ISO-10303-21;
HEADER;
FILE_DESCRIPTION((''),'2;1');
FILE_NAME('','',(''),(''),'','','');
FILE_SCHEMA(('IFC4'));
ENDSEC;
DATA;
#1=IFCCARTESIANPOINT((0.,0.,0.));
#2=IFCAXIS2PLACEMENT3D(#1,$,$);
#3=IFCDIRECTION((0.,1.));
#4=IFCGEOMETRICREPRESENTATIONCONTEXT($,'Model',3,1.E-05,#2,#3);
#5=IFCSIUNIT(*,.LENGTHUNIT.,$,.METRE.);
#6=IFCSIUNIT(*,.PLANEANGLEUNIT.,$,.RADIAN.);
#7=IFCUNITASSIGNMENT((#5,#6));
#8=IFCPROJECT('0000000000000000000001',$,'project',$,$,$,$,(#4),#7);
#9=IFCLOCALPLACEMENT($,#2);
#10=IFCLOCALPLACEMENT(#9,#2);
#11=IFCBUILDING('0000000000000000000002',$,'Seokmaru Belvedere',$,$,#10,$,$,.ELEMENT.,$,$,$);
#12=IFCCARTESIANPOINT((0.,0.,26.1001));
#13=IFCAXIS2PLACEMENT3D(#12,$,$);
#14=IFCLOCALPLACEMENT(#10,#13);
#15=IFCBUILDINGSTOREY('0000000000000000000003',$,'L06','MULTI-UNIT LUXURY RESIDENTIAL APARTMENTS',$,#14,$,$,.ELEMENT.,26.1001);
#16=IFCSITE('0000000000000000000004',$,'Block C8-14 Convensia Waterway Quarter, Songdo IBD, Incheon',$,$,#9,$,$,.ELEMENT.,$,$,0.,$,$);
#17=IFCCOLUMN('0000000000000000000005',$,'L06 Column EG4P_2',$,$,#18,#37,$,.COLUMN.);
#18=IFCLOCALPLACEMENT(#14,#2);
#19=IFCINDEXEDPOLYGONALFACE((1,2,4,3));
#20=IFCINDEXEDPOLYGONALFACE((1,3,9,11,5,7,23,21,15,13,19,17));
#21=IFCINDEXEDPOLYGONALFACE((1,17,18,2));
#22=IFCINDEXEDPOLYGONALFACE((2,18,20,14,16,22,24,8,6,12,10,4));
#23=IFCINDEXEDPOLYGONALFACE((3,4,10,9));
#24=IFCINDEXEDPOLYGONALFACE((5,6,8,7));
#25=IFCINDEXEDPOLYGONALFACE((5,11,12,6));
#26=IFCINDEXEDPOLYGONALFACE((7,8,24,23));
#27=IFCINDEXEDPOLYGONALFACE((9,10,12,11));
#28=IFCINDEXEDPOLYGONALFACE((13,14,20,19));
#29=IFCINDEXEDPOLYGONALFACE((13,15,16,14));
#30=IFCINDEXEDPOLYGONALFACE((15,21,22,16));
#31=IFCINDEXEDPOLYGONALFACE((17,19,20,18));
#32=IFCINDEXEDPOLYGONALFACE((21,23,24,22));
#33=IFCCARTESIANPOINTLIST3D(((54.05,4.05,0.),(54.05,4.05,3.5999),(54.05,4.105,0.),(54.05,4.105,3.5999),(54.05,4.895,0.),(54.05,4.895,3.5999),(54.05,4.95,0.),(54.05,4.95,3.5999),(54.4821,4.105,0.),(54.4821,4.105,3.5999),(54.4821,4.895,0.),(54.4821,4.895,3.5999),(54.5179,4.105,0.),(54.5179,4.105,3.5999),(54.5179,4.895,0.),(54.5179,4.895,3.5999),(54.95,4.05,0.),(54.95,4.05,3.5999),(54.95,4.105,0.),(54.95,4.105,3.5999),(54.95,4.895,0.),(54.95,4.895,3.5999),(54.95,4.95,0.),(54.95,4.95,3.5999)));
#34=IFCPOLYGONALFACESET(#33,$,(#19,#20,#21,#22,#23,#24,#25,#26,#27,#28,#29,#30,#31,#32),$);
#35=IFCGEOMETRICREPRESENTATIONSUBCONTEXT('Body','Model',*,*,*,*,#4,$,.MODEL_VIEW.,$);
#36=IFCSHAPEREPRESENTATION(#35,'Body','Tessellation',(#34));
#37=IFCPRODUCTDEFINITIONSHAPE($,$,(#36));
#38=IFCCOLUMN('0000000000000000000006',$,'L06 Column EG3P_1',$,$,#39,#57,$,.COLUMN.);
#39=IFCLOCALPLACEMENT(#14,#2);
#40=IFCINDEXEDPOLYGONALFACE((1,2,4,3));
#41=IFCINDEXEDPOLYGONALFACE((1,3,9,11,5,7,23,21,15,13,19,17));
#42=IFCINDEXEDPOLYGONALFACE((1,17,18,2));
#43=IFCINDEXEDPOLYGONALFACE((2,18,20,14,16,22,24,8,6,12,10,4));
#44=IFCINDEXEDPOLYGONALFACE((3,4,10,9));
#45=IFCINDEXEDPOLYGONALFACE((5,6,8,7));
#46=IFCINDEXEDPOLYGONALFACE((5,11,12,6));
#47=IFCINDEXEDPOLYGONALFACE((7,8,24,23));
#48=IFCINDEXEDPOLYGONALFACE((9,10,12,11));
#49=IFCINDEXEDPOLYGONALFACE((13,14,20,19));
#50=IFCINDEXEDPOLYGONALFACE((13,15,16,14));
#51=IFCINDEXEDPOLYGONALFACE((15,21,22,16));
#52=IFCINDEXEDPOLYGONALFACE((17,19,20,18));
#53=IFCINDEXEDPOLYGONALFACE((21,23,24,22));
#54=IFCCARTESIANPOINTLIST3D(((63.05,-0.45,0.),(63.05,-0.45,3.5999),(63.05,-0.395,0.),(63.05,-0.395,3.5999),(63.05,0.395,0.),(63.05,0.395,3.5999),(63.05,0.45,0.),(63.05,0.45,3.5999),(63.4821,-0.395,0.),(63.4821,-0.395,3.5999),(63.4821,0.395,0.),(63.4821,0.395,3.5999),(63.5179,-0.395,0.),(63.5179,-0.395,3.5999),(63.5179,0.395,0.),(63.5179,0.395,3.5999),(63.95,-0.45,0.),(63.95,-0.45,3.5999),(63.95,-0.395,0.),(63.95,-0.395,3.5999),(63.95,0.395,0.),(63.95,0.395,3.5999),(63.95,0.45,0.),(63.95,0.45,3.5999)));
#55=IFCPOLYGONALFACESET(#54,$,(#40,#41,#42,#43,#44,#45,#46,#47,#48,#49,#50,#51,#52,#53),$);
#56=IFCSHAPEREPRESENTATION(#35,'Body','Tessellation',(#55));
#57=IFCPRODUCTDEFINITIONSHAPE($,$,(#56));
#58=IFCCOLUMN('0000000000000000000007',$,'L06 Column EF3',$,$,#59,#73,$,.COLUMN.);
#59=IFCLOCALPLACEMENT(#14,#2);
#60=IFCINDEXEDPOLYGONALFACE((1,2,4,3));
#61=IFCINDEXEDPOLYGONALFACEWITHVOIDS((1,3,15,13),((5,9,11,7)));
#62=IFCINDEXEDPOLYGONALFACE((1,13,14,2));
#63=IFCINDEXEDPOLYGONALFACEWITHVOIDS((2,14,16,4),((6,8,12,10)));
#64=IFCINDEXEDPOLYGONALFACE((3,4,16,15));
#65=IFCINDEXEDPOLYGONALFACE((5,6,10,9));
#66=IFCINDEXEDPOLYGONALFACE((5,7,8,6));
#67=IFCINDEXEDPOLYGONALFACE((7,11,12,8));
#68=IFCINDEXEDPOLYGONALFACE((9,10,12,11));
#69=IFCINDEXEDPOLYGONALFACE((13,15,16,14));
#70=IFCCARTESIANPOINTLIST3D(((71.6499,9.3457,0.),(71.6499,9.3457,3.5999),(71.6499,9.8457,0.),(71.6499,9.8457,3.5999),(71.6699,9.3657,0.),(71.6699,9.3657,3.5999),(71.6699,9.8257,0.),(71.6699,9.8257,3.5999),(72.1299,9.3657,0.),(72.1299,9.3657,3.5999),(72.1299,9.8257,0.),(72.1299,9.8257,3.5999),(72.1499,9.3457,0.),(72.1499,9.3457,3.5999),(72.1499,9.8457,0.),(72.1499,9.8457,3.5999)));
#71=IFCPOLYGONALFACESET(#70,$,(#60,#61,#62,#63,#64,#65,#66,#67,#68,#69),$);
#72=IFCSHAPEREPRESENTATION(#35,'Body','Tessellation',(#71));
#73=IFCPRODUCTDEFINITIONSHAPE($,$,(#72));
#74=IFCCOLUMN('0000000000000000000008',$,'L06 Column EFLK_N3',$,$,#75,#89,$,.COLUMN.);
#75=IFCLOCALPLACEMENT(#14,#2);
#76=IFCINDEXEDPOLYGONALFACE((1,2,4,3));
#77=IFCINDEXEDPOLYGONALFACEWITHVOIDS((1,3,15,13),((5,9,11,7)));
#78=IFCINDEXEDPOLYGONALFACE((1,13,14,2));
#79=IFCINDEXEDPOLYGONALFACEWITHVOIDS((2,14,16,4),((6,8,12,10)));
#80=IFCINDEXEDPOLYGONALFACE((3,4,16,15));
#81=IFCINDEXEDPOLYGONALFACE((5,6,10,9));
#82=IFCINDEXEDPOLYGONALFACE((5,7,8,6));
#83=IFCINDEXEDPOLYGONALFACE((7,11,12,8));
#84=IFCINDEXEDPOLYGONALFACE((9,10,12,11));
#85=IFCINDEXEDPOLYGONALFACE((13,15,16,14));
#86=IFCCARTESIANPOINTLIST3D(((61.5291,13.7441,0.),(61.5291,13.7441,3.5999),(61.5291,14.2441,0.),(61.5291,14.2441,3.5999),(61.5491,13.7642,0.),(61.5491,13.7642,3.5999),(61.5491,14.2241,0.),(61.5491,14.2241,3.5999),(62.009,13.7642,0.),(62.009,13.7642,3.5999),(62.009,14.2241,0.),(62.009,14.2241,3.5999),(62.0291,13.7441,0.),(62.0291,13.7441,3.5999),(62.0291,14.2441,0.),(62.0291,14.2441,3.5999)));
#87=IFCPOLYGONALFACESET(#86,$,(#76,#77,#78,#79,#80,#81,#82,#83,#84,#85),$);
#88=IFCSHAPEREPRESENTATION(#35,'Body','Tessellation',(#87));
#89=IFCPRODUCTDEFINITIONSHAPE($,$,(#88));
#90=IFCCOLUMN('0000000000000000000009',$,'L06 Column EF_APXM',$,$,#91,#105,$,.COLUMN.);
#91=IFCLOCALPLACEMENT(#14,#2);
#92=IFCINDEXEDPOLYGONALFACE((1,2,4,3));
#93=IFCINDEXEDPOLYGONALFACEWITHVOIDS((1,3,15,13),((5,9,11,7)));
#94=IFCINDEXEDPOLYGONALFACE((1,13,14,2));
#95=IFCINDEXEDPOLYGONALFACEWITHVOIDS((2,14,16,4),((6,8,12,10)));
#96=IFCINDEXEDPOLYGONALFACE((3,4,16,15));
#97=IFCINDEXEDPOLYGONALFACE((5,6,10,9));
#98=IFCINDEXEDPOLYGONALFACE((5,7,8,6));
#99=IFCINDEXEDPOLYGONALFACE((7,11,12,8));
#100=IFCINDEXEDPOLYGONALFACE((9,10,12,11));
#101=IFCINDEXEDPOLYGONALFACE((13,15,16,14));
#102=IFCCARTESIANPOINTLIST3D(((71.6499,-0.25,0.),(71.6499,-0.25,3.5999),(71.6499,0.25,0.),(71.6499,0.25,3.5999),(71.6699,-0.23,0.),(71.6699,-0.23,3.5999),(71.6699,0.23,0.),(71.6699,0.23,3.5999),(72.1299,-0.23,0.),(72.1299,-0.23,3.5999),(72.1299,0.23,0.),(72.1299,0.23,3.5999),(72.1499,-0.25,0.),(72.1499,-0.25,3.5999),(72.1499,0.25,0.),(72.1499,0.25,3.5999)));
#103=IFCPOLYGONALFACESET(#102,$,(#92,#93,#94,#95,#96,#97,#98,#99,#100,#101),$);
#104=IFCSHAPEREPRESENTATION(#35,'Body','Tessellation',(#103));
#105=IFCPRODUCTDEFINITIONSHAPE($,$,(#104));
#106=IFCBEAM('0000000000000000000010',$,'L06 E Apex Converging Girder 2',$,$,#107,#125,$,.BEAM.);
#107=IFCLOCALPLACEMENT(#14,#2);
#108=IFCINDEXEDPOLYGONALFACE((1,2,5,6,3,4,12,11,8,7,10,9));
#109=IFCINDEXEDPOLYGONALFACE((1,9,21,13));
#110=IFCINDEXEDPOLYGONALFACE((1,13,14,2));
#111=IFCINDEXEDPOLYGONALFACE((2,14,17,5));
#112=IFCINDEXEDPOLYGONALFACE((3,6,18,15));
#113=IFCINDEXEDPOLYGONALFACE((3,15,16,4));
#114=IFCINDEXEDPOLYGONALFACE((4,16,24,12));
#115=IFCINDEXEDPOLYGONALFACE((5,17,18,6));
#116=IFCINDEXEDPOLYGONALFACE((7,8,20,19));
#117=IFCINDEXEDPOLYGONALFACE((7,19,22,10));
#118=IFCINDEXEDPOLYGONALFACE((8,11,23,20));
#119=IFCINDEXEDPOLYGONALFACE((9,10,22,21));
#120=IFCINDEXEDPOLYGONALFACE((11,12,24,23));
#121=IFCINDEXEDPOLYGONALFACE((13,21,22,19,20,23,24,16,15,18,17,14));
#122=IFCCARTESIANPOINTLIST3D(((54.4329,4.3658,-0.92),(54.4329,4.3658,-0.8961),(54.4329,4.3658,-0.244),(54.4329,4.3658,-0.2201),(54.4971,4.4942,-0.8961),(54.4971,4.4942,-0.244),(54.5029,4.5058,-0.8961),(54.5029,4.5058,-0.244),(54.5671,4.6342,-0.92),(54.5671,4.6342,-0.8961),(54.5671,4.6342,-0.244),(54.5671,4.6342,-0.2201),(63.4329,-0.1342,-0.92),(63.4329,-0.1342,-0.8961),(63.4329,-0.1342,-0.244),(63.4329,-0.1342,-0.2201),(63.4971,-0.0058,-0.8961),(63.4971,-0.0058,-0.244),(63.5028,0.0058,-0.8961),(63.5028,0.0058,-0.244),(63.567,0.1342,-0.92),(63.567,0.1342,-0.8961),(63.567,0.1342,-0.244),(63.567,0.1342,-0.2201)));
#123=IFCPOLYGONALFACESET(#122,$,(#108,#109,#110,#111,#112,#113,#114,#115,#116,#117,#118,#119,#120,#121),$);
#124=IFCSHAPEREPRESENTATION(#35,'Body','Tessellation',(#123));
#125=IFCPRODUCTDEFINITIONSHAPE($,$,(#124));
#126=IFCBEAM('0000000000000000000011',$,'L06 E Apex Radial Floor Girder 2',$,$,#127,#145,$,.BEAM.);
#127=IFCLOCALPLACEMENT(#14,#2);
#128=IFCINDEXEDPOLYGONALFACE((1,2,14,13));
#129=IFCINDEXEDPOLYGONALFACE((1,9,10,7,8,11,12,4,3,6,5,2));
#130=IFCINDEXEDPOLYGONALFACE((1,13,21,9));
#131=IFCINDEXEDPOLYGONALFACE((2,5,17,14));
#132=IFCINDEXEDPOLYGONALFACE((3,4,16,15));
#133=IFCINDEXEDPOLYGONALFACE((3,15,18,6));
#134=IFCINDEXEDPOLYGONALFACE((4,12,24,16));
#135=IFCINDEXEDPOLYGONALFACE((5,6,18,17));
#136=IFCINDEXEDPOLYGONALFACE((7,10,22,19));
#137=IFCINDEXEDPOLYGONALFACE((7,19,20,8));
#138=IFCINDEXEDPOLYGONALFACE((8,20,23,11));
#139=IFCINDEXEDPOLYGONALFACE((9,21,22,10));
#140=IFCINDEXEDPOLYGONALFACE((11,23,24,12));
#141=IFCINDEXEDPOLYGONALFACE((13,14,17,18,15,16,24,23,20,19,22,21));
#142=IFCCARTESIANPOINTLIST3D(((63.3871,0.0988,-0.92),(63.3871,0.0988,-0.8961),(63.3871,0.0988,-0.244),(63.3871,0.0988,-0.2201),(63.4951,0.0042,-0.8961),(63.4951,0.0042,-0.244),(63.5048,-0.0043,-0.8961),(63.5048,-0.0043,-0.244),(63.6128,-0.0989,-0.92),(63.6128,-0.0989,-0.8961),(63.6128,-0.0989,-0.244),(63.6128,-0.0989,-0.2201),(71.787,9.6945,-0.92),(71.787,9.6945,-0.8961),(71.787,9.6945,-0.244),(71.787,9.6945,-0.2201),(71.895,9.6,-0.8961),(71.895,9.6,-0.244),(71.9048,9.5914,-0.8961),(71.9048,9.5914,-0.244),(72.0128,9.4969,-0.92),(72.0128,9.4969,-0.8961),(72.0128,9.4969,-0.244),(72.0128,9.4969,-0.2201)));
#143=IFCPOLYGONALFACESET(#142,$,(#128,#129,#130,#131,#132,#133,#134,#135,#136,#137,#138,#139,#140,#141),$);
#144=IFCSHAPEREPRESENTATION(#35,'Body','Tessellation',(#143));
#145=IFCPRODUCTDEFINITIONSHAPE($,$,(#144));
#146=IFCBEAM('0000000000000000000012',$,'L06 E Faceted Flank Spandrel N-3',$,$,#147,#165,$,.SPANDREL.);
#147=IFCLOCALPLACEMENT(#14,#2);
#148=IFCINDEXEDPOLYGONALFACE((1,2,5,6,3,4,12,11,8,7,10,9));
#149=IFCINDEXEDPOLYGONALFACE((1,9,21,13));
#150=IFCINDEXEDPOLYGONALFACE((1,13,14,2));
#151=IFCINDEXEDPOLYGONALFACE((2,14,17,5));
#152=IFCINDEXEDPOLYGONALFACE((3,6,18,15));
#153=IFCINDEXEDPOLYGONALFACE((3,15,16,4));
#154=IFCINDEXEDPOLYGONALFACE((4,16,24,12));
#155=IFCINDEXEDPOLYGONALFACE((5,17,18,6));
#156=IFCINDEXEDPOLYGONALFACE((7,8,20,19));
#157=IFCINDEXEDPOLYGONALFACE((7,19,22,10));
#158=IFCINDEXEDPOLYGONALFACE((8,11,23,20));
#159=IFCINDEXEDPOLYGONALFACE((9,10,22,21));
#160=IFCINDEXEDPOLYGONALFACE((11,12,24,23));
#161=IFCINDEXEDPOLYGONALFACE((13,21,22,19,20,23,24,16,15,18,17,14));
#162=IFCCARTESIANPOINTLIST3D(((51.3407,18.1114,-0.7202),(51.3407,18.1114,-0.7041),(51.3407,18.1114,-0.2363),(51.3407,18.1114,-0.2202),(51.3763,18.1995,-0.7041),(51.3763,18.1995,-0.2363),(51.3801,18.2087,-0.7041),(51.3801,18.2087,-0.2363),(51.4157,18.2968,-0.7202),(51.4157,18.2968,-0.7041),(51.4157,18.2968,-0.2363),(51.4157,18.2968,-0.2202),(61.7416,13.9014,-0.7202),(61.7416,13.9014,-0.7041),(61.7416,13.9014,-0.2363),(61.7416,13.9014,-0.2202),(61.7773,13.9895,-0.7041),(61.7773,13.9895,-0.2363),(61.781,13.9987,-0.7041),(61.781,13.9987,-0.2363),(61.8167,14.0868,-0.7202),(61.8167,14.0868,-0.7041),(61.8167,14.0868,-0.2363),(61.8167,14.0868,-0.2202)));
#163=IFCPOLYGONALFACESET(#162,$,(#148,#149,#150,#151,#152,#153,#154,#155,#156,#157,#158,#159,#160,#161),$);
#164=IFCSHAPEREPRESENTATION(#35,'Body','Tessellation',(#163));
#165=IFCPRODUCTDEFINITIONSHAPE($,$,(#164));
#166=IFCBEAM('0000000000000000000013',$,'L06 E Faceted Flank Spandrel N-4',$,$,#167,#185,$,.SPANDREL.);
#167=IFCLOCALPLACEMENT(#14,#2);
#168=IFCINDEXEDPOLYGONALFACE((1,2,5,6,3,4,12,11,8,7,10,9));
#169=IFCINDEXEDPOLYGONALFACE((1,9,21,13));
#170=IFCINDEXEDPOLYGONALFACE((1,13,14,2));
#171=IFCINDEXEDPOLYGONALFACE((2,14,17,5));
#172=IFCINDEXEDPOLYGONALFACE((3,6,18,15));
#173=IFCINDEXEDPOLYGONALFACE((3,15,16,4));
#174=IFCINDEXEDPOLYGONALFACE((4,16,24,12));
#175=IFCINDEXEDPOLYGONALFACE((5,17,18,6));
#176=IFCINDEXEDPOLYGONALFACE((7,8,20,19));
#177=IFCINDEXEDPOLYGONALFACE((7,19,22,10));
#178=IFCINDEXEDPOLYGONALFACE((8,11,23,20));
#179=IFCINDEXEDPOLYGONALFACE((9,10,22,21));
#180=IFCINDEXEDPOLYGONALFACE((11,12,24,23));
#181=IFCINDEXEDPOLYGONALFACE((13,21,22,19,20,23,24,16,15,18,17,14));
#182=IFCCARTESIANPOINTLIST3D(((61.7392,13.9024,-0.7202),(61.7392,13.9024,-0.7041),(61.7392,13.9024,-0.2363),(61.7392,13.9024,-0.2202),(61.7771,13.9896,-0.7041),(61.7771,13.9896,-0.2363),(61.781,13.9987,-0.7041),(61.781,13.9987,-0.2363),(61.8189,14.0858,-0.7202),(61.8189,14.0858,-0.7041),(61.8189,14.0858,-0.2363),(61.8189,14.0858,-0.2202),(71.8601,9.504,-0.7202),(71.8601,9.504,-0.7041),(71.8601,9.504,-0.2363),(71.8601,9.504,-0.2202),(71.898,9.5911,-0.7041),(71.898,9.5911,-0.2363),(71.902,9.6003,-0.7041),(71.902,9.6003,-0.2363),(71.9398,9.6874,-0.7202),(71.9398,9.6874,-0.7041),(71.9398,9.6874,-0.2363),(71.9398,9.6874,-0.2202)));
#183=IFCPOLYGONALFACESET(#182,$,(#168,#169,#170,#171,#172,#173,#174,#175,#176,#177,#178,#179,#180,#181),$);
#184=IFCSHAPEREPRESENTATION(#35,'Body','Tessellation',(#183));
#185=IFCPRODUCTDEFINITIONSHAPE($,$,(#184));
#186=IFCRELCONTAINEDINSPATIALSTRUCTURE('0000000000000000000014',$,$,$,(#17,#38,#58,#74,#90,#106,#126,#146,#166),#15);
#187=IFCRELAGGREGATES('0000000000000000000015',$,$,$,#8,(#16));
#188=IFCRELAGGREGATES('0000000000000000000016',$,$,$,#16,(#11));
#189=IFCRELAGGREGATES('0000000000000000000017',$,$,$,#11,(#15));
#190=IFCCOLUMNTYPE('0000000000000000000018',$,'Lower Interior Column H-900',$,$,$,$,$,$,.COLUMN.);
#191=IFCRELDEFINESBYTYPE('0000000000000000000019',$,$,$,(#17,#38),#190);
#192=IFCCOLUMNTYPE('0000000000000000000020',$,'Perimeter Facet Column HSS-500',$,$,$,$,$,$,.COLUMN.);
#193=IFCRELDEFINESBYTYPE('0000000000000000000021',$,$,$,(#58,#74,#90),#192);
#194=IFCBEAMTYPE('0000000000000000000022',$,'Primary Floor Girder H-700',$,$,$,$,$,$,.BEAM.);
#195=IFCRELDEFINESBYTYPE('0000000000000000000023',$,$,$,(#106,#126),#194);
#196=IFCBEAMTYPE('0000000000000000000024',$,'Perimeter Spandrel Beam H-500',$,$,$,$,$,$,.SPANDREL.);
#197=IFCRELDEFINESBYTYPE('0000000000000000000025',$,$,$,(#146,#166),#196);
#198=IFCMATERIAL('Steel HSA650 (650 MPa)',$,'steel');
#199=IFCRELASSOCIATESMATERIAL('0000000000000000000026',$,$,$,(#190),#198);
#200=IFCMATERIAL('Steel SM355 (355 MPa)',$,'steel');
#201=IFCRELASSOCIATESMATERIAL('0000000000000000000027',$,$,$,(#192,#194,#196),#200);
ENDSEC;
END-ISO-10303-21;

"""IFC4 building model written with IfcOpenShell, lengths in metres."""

from ifc_helpers import new_model, si_unit, direction, frame, origin, origin_2d, place, context, subcontext, project, spatial, hollow_rectangle, i_section, extrude, source, transform, mapped, material, material_profile, profile_set, type_object, type_shapes, element, save


model = new_model("IFC4")

# Units and contexts
model_context = context("Model", 3, precision=1e-05, world=origin(), true_north=direction((0.0, 1.0)))
body_context = subcontext(model_context, "Body", "Model", "MODEL_VIEW")
ifc_project = project(units=[si_unit("LENGTHUNIT", "METRE"), si_unit("PLANEANGLEUNIT", "RADIAN")], contexts=[model_context])

# Site, building, storey
site_placement = place(None, origin())
site = spatial("IfcSite", under=ifc_project, at=site_placement, Name="Block C8-14 Convensia Waterway Quarter, Songdo IBD, Incheon", CompositionType="ELEMENT", RefElevation=0.0)
building_placement = place(site_placement, origin())
building = spatial("IfcBuilding", under=site, at=building_placement, Name="Seokmaru Belvedere", CompositionType="ELEMENT")
storey_placement = place(building_placement, frame((0.0, 0.0, 26.1001)))
storey = spatial("IfcBuildingStorey", under=building, at=storey_placement, Name="L06", Description="MULTI-UNIT LUXURY RESIDENTIAL APARTMENTS", CompositionType="ELEMENT", Elevation=26.1001)

# Columns
ifc_material_1 = material(Name="Steel HSA650 (650 MPa)", Category="steel")
ifc_material_profile_1 = material_profile(ifc_material_1, i_section(OverallWidth=0.8999, OverallDepth=0.8999, WebThickness=0.0359, FlangeThickness=0.0549, at=origin_2d()), Name="H-900x900x36x55")
ifc_profile_set_1 = profile_set([ifc_material_profile_1], Name="Steel HSA650 (650 MPa)")
column_type_1 = type_object("IfcColumnType", Name="Lower Interior Column H-900", PredefinedType="COLUMN", material=ifc_profile_set_1)
shared_shape_1 = source(origin(), body_context, "Body", "SweptSolid", [
    extrude(i_section(OverallWidth=0.8999, OverallDepth=0.8999, WebThickness=0.0359, FlangeThickness=0.0549, at=origin_2d()), origin(), (0.0, 0.0, 1.0), 3.5999),
])
type_shapes(column_type_1, [shared_shape_1])
for number, where, z_axis, x_axis, name in (
    (1, (54.5, 4.5, 0.0), (0.0, 0.0, 1.0), (1.0, 0.0, 0.0), "L06 Column EG4P_2"),
    (2, (63.5, 0.0, 0.0), (0.0, 0.0, 1.0), (1.0, 0.0, 0.0), "L06 Column EG3P_1"),
):
    element("IfcColumn", number, at=place(storey_placement, frame(where, z_axis=z_axis, x_axis=x_axis)), inside=storey, type_object=column_type_1, Name=name, PredefinedType="COLUMN", context=body_context, shape_type="MappedRepresentation", body=[
        mapped(shared_shape_1, transform((0.0, 0.0, 0.0), scale=1.0)),
    ])
ifc_material_2 = material(Name="Steel SM355 (355 MPa)", Category="steel")
ifc_material_profile_2 = material_profile(ifc_material_2, hollow_rectangle(XDim=0.5, YDim=0.5, WallThickness=0.02, at=origin_2d()), Name="HSS-500x500x20")
ifc_profile_set_2 = profile_set([ifc_material_profile_2], Name="Steel SM355 (355 MPa)")
column_type_2 = type_object("IfcColumnType", Name="Perimeter Facet Column HSS-500", PredefinedType="COLUMN", material=ifc_profile_set_2)
shared_shape_2 = source(origin(), body_context, "Body", "SweptSolid", [
    extrude(hollow_rectangle(XDim=0.5, YDim=0.5, WallThickness=0.02, at=origin_2d()), origin(), (0.0, 0.0, 1.0), 3.5999),
])
type_shapes(column_type_2, [shared_shape_2])
for number, where, z_axis, x_axis, name in (
    (3, (71.8999, 9.5957, 0.0), (0.0, 0.0, 1.0), (1.0, 0.0, 0.0), "L06 Column EF3"),
    (4, (61.7791, 13.9941, 0.0), (0.0, 0.0, 1.0), (1.0, 0.0, 0.0), "L06 Column EFLK_N3"),
    (5, (71.8999, 0.0, 0.0), (0.0, 0.0, 1.0), (1.0, 0.0, 0.0), "L06 Column EF_APXM"),
):
    element("IfcColumn", number, at=place(storey_placement, frame(where, z_axis=z_axis, x_axis=x_axis)), inside=storey, type_object=column_type_2, Name=name, PredefinedType="COLUMN", context=body_context, shape_type="MappedRepresentation", body=[
        mapped(shared_shape_2, transform((0.0, 0.0, 0.0), scale=1.0)),
    ])

# Beams
ifc_material_profile_3 = material_profile(ifc_material_2, i_section(OverallWidth=0.3, OverallDepth=0.7, WebThickness=0.0129, FlangeThickness=0.0239, at=origin_2d()), Name="H-700x300x13x24")
ifc_profile_set_3 = profile_set([ifc_material_profile_3], Name="Steel SM355 (355 MPa)")
beam_type_1 = type_object("IfcBeamType", Name="Primary Floor Girder H-700", PredefinedType="BEAM", material=ifc_profile_set_3)
shared_shape_3 = source(origin(), body_context, "Body", "SweptSolid", [
    extrude(i_section(OverallWidth=0.3, OverallDepth=0.7, WebThickness=0.0129, FlangeThickness=0.0239, at=origin_2d()), origin(), (0.0, 0.0, 1.0), 10.0623),
])
beam_1_placement = place(storey_placement, frame((54.5, 4.5, -0.5701), z_axis=(0.894427, -0.447214, 0.0), x_axis=(0.447214, 0.894427, 0.0)))
element("IfcBeam", 6, at=beam_1_placement, inside=storey, type_object=beam_type_1, Name="L06 E Apex Converging Girder 2", PredefinedType="BEAM", context=body_context, shape_type="MappedRepresentation", body=[
    mapped(shared_shape_3, transform((0.0, 0.0, 0.0), scale=1.0)),
])
shared_shape_4 = source(origin(), body_context, "Body", "SweptSolid", [
    extrude(i_section(OverallWidth=0.3, OverallDepth=0.7, WebThickness=0.0129, FlangeThickness=0.0239, at=origin_2d()), origin(), (0.0, 0.0, 1.0), 12.7529),
])
beam_2_placement = place(storey_placement, frame((71.8999, 9.5957, -0.5701), z_axis=(-0.658667, -0.752434, 0.0), x_axis=(0.752434, -0.658667, 0.0)))
element("IfcBeam", 7, at=beam_2_placement, inside=storey, type_object=beam_type_1, Name="L06 E Apex Radial Floor Girder 2", PredefinedType="BEAM", context=body_context, shape_type="MappedRepresentation", body=[
    mapped(shared_shape_4, transform((0.0, 0.0, 0.0), scale=1.0)),
])
ifc_material_profile_4 = material_profile(ifc_material_2, i_section(OverallWidth=0.2, OverallDepth=0.5, WebThickness=0.01, FlangeThickness=0.0161, at=origin_2d()), Name="H-500x200x10x16")
ifc_profile_set_4 = profile_set([ifc_material_profile_4], Name="Steel SM355 (355 MPa)")
beam_type_2 = type_object("IfcBeamType", Name="Perimeter Spandrel Beam H-500", PredefinedType="SPANDREL", material=ifc_profile_set_4)
shared_shape_5 = source(origin(), body_context, "Body", "SweptSolid", [
    extrude(i_section(OverallWidth=0.2, OverallDepth=0.5, WebThickness=0.01, FlangeThickness=0.0161, at=origin_2d()), origin(), (0.0, 0.0, 1.0), 11.2207),
])
beam_3_placement = place(storey_placement, frame((51.3782, 18.2041, -0.4702), z_axis=(0.926944, -0.375199, 0.0), x_axis=(0.375199, 0.926944, 0.0)))
element("IfcBeam", 8, at=beam_3_placement, inside=storey, type_object=beam_type_2, Name="L06 E Faceted Flank Spandrel N-3", PredefinedType="SPANDREL", context=body_context, shape_type="MappedRepresentation", body=[
    mapped(shared_shape_5, transform((0.0, 0.0, 0.0), scale=1.0)),
])
shared_shape_6 = source(origin(), body_context, "Body", "SweptSolid", [
    extrude(i_section(OverallWidth=0.2, OverallDepth=0.5, WebThickness=0.01, FlangeThickness=0.0161, at=origin_2d()), origin(), (0.0, 0.0, 1.0), 11.0354),
])
beam_4_placement = place(storey_placement, frame((61.7791, 13.9941, -0.4702), z_axis=(0.917134, -0.398579, 0.0), x_axis=(0.398579, 0.917134, 0.0)))
element("IfcBeam", 9, at=beam_4_placement, inside=storey, type_object=beam_type_2, Name="L06 E Faceted Flank Spandrel N-4", PredefinedType="SPANDREL", context=body_context, shape_type="MappedRepresentation", body=[
    mapped(shared_shape_6, transform((0.0, 0.0, 0.0), scale=1.0)),
])

save(model, "model.ifc")
